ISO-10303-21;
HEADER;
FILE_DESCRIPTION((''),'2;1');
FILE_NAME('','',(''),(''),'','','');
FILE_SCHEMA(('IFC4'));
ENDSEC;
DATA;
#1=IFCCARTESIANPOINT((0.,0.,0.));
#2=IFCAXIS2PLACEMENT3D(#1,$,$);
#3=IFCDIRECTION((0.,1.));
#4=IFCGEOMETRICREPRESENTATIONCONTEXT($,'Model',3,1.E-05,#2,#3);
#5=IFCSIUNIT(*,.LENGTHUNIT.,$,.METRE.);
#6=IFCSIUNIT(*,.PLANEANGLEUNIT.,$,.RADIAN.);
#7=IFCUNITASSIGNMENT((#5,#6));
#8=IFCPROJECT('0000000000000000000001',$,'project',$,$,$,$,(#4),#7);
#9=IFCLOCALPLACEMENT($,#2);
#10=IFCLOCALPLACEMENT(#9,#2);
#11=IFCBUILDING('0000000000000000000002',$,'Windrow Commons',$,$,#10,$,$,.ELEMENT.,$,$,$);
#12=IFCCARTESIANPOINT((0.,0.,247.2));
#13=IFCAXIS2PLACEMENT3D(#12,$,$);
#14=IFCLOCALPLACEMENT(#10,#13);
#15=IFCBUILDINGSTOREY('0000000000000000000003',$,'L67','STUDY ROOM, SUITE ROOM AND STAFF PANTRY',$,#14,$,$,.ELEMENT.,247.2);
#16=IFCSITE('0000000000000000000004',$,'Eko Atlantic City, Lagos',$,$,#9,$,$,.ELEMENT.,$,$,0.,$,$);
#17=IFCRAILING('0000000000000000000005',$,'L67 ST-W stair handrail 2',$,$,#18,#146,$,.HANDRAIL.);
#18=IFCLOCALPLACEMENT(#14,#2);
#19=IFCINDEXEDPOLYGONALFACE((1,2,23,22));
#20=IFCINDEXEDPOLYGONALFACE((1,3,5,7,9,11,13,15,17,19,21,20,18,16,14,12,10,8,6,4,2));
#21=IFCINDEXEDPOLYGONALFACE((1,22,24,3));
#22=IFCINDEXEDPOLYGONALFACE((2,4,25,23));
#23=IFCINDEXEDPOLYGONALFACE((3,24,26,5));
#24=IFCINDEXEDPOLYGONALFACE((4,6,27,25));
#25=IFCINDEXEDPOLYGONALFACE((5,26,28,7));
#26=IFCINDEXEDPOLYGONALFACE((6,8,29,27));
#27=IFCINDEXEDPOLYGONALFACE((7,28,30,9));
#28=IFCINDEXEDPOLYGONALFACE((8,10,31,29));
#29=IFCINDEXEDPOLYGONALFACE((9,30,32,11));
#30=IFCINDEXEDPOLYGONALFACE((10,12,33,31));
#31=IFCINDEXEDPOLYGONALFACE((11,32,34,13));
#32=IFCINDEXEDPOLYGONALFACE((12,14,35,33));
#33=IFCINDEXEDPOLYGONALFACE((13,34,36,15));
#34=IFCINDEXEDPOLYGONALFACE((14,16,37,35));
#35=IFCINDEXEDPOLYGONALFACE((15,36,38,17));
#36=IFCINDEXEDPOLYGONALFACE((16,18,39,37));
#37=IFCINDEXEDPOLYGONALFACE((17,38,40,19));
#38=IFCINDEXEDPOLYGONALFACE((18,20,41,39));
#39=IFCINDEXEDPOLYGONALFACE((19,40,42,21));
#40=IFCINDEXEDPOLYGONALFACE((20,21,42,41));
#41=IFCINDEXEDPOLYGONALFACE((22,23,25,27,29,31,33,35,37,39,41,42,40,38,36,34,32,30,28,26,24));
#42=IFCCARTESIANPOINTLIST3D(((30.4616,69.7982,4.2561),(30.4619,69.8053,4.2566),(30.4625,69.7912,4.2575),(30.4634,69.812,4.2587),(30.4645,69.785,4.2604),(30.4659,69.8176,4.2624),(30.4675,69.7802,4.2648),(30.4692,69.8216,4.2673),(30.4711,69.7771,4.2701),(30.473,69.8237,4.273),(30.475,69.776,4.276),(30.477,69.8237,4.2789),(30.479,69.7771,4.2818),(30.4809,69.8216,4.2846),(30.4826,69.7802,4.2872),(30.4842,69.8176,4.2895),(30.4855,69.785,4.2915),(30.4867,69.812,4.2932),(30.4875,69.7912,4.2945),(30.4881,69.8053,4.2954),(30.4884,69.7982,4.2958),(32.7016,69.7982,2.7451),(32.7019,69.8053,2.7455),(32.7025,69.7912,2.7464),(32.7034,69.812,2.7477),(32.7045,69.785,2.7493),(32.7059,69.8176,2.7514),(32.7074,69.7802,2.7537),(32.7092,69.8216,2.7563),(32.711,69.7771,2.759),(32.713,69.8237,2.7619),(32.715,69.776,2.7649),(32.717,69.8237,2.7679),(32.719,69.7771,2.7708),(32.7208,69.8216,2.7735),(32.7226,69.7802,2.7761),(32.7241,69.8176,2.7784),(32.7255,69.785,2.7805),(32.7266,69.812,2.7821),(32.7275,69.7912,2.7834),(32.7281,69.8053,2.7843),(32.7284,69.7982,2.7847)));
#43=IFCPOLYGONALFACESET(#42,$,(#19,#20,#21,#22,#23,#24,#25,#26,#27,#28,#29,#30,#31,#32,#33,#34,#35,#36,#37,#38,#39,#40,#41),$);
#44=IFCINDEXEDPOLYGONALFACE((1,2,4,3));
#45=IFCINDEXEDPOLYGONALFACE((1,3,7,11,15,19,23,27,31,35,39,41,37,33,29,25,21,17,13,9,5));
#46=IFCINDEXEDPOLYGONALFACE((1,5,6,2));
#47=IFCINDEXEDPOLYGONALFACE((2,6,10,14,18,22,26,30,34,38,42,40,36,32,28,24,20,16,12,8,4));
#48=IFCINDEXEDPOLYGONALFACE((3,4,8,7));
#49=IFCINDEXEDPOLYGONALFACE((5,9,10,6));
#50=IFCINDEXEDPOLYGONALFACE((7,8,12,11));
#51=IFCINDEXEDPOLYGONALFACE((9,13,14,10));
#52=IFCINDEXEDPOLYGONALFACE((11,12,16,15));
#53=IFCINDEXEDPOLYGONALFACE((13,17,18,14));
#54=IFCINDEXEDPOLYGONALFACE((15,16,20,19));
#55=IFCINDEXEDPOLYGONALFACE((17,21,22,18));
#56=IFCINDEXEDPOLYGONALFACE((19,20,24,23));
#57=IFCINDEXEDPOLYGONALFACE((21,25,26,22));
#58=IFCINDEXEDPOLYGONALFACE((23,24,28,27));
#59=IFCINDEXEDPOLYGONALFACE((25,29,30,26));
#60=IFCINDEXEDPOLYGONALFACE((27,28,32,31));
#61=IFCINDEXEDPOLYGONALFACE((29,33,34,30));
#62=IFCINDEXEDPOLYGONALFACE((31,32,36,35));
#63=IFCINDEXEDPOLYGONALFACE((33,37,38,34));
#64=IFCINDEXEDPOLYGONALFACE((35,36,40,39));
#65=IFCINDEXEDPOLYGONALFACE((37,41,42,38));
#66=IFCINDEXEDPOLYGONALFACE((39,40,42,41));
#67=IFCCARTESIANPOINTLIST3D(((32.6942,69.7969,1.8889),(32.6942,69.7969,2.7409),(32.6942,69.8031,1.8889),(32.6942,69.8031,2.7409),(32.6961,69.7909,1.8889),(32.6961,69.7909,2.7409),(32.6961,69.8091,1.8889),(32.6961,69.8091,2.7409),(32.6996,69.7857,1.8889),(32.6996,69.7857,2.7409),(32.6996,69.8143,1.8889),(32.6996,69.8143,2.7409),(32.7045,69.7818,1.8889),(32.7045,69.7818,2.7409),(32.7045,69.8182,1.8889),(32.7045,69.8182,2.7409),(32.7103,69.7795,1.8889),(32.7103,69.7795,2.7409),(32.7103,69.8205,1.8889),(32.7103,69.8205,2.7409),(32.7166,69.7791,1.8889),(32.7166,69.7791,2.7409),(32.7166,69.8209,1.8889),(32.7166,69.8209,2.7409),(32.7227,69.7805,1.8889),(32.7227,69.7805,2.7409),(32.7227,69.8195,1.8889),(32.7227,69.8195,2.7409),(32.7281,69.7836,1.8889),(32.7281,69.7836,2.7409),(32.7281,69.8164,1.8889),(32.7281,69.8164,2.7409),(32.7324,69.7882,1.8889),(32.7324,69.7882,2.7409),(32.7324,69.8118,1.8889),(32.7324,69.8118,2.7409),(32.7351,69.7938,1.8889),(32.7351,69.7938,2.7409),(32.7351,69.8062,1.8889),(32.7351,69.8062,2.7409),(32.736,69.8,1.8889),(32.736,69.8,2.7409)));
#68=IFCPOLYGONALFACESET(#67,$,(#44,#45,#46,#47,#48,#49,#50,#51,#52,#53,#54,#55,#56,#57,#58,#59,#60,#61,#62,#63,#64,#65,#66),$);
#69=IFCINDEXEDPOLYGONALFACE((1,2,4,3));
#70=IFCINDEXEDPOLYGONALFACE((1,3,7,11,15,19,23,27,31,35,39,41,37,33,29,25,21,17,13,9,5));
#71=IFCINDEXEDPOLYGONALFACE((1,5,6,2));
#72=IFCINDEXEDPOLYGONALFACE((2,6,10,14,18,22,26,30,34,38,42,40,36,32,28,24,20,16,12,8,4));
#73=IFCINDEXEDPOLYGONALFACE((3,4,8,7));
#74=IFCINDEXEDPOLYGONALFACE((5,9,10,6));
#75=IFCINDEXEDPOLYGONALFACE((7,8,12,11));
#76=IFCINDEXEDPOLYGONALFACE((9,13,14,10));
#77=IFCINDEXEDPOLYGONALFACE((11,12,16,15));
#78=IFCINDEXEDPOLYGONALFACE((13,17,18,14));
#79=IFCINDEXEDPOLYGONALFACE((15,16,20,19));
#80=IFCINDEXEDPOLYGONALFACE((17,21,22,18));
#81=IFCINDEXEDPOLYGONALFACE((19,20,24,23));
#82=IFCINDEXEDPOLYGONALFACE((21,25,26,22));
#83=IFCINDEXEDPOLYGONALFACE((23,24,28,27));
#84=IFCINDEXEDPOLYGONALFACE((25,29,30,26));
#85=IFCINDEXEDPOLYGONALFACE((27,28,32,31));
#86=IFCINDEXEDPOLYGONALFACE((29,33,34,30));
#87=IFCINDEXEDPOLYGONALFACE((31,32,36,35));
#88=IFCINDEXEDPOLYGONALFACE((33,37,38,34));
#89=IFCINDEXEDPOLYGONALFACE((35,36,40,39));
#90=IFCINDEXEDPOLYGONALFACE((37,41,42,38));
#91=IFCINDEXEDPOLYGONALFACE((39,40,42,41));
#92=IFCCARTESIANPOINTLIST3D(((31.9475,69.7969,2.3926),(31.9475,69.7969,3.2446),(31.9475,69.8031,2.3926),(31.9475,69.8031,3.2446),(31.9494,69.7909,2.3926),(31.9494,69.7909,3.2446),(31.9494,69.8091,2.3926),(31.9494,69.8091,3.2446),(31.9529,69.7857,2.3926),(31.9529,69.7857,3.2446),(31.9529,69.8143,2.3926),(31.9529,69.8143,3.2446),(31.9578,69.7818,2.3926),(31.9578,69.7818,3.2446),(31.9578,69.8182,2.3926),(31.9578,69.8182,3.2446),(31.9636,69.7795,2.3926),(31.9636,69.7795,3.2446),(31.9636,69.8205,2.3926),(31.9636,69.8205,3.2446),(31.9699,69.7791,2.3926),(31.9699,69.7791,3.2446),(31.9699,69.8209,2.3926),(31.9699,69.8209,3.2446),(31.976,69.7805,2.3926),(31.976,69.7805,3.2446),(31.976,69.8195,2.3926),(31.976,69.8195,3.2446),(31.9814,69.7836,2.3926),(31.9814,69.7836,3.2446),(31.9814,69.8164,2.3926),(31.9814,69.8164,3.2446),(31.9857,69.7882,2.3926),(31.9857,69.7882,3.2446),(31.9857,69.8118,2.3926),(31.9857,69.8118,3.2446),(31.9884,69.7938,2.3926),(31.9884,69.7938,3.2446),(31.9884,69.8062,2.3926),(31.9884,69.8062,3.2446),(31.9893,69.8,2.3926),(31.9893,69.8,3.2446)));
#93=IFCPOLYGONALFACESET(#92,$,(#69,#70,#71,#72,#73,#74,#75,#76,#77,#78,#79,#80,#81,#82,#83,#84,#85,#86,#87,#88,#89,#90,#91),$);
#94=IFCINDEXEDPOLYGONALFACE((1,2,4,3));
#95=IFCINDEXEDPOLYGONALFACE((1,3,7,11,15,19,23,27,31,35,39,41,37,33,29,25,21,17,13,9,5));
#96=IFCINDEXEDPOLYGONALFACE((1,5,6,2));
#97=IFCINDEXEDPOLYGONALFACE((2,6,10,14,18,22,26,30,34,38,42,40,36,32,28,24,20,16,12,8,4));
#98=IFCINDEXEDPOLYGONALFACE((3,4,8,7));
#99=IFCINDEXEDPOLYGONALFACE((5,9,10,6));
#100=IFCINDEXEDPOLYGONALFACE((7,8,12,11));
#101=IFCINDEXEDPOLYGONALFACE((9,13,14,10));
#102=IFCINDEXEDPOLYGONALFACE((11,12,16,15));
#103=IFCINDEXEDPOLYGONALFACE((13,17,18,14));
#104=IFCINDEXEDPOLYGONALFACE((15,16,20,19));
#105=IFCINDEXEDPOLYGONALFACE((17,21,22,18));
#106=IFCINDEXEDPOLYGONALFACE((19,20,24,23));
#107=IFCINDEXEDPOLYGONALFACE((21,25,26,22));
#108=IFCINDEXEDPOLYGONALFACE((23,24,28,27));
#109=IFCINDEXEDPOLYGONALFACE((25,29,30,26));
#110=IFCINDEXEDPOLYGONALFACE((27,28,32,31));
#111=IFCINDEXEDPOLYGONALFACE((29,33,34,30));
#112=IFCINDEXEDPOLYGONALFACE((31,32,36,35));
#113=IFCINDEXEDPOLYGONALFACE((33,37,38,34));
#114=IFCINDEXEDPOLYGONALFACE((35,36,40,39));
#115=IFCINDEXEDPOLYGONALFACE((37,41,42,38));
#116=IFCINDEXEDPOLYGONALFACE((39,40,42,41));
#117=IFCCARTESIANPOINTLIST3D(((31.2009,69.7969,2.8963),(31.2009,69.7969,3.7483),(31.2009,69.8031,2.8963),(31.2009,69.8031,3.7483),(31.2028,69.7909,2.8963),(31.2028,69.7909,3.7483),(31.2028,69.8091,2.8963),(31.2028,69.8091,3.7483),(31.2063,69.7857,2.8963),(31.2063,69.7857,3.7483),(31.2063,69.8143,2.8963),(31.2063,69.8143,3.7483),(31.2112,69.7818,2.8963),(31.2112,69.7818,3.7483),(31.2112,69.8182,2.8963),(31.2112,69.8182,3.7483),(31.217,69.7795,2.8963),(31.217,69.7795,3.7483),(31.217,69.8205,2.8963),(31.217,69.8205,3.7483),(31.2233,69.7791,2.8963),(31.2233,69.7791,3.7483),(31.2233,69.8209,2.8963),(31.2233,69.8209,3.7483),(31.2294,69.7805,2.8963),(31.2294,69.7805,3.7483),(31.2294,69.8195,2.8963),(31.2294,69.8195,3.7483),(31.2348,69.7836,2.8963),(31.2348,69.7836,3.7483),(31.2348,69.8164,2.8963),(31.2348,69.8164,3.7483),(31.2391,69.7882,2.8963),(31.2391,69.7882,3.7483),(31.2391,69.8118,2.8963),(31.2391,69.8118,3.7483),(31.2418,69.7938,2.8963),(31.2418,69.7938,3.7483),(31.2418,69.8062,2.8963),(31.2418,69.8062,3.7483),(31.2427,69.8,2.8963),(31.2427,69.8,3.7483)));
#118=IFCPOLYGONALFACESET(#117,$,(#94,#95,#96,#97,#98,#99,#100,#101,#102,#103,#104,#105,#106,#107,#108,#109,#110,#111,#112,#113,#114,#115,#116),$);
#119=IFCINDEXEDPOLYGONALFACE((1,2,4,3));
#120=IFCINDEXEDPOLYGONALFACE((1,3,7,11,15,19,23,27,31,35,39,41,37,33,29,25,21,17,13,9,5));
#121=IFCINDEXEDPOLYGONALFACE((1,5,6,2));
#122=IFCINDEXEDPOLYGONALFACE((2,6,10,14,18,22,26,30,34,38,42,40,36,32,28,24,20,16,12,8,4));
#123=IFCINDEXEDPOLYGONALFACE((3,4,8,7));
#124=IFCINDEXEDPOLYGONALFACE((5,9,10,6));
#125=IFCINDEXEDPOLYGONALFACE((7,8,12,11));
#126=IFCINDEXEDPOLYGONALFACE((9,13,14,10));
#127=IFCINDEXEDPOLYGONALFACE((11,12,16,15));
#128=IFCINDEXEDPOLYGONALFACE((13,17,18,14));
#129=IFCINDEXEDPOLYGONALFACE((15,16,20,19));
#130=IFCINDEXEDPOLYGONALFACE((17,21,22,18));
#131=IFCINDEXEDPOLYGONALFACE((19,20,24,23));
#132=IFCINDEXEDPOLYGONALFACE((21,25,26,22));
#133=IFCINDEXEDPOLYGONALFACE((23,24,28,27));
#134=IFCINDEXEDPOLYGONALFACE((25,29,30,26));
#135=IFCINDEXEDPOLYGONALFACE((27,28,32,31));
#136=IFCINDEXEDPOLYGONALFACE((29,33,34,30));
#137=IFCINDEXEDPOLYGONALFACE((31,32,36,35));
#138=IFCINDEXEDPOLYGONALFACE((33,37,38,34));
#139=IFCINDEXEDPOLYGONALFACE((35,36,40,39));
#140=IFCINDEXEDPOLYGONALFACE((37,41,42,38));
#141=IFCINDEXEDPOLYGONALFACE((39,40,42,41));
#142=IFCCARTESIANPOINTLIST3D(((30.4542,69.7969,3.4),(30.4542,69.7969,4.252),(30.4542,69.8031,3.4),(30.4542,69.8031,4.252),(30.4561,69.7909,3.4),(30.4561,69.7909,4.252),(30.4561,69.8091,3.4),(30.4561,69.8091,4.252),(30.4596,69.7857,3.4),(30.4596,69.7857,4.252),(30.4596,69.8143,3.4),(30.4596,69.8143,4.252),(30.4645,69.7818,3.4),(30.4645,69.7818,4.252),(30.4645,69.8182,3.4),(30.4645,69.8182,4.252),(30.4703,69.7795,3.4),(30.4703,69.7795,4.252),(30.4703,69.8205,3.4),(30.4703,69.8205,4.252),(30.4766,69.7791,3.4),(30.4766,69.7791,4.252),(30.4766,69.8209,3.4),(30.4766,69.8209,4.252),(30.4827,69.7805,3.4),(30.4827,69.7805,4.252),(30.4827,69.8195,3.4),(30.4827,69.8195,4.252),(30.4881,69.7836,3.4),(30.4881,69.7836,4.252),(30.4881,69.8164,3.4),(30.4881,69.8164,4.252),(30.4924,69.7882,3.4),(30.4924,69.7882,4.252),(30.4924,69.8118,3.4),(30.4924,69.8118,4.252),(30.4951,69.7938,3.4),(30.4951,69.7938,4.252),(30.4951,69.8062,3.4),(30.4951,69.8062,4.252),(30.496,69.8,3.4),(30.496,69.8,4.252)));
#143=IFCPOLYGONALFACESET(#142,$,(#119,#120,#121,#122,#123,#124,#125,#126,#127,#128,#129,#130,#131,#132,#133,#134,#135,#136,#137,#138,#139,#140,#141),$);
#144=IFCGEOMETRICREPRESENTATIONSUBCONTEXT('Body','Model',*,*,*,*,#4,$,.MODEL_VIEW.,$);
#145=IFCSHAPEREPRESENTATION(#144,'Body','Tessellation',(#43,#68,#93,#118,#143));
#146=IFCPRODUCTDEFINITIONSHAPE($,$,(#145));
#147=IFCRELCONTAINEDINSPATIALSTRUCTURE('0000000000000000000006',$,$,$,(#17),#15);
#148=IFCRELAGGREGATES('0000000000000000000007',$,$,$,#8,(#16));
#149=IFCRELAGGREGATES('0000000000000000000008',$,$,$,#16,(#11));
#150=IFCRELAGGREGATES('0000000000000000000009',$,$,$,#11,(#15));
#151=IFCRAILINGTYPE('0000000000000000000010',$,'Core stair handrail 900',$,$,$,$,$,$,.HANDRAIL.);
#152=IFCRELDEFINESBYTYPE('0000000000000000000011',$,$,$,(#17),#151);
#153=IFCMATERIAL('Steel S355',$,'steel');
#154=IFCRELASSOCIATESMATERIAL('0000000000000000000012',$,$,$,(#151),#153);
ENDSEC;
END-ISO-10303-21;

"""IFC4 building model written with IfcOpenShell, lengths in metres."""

from ifc_helpers import new_model, si_unit, direction, frame, origin, origin_2d, place, context, subcontext, project, spatial, circle, extrude, material, type_object, element, save


model = new_model("IFC4")

# Units and contexts
model_context = context("Model", 3, precision=1e-05, world=origin(), true_north=direction((0.0, 1.0)))
body_context = subcontext(model_context, "Body", "Model", "MODEL_VIEW")
ifc_project = project(units=[si_unit("LENGTHUNIT", "METRE"), si_unit("PLANEANGLEUNIT", "RADIAN")], contexts=[model_context])

# Site, building, storey
site_placement = place(None, origin())
site = spatial("IfcSite", under=ifc_project, at=site_placement, Name="Eko Atlantic City, Lagos", CompositionType="ELEMENT", RefElevation=0.0)
building_placement = place(site_placement, origin())
building = spatial("IfcBuilding", under=site, at=building_placement, Name="Windrow Commons", CompositionType="ELEMENT")
storey_placement = place(building_placement, frame((0.0, 0.0, 247.2)))
storey = spatial("IfcBuildingStorey", under=building, at=storey_placement, Name="L67", Description="STUDY ROOM, SUITE ROOM AND STAFF PANTRY", CompositionType="ELEMENT", Elevation=247.2)

# Railing
ifc_material_1 = material(Name="Steel S355", Category="steel")
railing_type_1 = type_object("IfcRailingType", Name="Core stair handrail 900", PredefinedType="HANDRAIL", material=ifc_material_1)
railing_1_placement = place(storey_placement, frame((32.715, 69.8, 1.8889)))
element("IfcRailing", 1, at=railing_1_placement, inside=storey, type_object=railing_type_1, Name="L67 ST-W stair handrail 2", PredefinedType="HANDRAIL", context=body_context, shape_type="SweptSolid", body=[
    extrude(circle(Radius=0.024, at=origin_2d()), frame((0.0, 0.0, 0.876), z_axis=(-0.829003, 0.0, 0.559244), x_axis=(0.0, -1.0, 0.0)), (0.0, 0.0, 1.0), 2.702),
    extrude(circle(Radius=0.021, at=origin_2d()), origin(), (0.0, 0.0, 1.0), 0.852),
    extrude(circle(Radius=0.021, at=origin_2d()), frame((-0.7467, 0.0, 0.5037)), (0.0, 0.0, 1.0), 0.852),
    extrude(circle(Radius=0.021, at=origin_2d()), frame((-1.4933, 0.0, 1.0074)), (0.0, 0.0, 1.0), 0.852),
    extrude(circle(Radius=0.021, at=origin_2d()), frame((-2.24, 0.0, 1.5111)), (0.0, 0.0, 1.0), 0.852),
])

save(model, "model.ifc")
